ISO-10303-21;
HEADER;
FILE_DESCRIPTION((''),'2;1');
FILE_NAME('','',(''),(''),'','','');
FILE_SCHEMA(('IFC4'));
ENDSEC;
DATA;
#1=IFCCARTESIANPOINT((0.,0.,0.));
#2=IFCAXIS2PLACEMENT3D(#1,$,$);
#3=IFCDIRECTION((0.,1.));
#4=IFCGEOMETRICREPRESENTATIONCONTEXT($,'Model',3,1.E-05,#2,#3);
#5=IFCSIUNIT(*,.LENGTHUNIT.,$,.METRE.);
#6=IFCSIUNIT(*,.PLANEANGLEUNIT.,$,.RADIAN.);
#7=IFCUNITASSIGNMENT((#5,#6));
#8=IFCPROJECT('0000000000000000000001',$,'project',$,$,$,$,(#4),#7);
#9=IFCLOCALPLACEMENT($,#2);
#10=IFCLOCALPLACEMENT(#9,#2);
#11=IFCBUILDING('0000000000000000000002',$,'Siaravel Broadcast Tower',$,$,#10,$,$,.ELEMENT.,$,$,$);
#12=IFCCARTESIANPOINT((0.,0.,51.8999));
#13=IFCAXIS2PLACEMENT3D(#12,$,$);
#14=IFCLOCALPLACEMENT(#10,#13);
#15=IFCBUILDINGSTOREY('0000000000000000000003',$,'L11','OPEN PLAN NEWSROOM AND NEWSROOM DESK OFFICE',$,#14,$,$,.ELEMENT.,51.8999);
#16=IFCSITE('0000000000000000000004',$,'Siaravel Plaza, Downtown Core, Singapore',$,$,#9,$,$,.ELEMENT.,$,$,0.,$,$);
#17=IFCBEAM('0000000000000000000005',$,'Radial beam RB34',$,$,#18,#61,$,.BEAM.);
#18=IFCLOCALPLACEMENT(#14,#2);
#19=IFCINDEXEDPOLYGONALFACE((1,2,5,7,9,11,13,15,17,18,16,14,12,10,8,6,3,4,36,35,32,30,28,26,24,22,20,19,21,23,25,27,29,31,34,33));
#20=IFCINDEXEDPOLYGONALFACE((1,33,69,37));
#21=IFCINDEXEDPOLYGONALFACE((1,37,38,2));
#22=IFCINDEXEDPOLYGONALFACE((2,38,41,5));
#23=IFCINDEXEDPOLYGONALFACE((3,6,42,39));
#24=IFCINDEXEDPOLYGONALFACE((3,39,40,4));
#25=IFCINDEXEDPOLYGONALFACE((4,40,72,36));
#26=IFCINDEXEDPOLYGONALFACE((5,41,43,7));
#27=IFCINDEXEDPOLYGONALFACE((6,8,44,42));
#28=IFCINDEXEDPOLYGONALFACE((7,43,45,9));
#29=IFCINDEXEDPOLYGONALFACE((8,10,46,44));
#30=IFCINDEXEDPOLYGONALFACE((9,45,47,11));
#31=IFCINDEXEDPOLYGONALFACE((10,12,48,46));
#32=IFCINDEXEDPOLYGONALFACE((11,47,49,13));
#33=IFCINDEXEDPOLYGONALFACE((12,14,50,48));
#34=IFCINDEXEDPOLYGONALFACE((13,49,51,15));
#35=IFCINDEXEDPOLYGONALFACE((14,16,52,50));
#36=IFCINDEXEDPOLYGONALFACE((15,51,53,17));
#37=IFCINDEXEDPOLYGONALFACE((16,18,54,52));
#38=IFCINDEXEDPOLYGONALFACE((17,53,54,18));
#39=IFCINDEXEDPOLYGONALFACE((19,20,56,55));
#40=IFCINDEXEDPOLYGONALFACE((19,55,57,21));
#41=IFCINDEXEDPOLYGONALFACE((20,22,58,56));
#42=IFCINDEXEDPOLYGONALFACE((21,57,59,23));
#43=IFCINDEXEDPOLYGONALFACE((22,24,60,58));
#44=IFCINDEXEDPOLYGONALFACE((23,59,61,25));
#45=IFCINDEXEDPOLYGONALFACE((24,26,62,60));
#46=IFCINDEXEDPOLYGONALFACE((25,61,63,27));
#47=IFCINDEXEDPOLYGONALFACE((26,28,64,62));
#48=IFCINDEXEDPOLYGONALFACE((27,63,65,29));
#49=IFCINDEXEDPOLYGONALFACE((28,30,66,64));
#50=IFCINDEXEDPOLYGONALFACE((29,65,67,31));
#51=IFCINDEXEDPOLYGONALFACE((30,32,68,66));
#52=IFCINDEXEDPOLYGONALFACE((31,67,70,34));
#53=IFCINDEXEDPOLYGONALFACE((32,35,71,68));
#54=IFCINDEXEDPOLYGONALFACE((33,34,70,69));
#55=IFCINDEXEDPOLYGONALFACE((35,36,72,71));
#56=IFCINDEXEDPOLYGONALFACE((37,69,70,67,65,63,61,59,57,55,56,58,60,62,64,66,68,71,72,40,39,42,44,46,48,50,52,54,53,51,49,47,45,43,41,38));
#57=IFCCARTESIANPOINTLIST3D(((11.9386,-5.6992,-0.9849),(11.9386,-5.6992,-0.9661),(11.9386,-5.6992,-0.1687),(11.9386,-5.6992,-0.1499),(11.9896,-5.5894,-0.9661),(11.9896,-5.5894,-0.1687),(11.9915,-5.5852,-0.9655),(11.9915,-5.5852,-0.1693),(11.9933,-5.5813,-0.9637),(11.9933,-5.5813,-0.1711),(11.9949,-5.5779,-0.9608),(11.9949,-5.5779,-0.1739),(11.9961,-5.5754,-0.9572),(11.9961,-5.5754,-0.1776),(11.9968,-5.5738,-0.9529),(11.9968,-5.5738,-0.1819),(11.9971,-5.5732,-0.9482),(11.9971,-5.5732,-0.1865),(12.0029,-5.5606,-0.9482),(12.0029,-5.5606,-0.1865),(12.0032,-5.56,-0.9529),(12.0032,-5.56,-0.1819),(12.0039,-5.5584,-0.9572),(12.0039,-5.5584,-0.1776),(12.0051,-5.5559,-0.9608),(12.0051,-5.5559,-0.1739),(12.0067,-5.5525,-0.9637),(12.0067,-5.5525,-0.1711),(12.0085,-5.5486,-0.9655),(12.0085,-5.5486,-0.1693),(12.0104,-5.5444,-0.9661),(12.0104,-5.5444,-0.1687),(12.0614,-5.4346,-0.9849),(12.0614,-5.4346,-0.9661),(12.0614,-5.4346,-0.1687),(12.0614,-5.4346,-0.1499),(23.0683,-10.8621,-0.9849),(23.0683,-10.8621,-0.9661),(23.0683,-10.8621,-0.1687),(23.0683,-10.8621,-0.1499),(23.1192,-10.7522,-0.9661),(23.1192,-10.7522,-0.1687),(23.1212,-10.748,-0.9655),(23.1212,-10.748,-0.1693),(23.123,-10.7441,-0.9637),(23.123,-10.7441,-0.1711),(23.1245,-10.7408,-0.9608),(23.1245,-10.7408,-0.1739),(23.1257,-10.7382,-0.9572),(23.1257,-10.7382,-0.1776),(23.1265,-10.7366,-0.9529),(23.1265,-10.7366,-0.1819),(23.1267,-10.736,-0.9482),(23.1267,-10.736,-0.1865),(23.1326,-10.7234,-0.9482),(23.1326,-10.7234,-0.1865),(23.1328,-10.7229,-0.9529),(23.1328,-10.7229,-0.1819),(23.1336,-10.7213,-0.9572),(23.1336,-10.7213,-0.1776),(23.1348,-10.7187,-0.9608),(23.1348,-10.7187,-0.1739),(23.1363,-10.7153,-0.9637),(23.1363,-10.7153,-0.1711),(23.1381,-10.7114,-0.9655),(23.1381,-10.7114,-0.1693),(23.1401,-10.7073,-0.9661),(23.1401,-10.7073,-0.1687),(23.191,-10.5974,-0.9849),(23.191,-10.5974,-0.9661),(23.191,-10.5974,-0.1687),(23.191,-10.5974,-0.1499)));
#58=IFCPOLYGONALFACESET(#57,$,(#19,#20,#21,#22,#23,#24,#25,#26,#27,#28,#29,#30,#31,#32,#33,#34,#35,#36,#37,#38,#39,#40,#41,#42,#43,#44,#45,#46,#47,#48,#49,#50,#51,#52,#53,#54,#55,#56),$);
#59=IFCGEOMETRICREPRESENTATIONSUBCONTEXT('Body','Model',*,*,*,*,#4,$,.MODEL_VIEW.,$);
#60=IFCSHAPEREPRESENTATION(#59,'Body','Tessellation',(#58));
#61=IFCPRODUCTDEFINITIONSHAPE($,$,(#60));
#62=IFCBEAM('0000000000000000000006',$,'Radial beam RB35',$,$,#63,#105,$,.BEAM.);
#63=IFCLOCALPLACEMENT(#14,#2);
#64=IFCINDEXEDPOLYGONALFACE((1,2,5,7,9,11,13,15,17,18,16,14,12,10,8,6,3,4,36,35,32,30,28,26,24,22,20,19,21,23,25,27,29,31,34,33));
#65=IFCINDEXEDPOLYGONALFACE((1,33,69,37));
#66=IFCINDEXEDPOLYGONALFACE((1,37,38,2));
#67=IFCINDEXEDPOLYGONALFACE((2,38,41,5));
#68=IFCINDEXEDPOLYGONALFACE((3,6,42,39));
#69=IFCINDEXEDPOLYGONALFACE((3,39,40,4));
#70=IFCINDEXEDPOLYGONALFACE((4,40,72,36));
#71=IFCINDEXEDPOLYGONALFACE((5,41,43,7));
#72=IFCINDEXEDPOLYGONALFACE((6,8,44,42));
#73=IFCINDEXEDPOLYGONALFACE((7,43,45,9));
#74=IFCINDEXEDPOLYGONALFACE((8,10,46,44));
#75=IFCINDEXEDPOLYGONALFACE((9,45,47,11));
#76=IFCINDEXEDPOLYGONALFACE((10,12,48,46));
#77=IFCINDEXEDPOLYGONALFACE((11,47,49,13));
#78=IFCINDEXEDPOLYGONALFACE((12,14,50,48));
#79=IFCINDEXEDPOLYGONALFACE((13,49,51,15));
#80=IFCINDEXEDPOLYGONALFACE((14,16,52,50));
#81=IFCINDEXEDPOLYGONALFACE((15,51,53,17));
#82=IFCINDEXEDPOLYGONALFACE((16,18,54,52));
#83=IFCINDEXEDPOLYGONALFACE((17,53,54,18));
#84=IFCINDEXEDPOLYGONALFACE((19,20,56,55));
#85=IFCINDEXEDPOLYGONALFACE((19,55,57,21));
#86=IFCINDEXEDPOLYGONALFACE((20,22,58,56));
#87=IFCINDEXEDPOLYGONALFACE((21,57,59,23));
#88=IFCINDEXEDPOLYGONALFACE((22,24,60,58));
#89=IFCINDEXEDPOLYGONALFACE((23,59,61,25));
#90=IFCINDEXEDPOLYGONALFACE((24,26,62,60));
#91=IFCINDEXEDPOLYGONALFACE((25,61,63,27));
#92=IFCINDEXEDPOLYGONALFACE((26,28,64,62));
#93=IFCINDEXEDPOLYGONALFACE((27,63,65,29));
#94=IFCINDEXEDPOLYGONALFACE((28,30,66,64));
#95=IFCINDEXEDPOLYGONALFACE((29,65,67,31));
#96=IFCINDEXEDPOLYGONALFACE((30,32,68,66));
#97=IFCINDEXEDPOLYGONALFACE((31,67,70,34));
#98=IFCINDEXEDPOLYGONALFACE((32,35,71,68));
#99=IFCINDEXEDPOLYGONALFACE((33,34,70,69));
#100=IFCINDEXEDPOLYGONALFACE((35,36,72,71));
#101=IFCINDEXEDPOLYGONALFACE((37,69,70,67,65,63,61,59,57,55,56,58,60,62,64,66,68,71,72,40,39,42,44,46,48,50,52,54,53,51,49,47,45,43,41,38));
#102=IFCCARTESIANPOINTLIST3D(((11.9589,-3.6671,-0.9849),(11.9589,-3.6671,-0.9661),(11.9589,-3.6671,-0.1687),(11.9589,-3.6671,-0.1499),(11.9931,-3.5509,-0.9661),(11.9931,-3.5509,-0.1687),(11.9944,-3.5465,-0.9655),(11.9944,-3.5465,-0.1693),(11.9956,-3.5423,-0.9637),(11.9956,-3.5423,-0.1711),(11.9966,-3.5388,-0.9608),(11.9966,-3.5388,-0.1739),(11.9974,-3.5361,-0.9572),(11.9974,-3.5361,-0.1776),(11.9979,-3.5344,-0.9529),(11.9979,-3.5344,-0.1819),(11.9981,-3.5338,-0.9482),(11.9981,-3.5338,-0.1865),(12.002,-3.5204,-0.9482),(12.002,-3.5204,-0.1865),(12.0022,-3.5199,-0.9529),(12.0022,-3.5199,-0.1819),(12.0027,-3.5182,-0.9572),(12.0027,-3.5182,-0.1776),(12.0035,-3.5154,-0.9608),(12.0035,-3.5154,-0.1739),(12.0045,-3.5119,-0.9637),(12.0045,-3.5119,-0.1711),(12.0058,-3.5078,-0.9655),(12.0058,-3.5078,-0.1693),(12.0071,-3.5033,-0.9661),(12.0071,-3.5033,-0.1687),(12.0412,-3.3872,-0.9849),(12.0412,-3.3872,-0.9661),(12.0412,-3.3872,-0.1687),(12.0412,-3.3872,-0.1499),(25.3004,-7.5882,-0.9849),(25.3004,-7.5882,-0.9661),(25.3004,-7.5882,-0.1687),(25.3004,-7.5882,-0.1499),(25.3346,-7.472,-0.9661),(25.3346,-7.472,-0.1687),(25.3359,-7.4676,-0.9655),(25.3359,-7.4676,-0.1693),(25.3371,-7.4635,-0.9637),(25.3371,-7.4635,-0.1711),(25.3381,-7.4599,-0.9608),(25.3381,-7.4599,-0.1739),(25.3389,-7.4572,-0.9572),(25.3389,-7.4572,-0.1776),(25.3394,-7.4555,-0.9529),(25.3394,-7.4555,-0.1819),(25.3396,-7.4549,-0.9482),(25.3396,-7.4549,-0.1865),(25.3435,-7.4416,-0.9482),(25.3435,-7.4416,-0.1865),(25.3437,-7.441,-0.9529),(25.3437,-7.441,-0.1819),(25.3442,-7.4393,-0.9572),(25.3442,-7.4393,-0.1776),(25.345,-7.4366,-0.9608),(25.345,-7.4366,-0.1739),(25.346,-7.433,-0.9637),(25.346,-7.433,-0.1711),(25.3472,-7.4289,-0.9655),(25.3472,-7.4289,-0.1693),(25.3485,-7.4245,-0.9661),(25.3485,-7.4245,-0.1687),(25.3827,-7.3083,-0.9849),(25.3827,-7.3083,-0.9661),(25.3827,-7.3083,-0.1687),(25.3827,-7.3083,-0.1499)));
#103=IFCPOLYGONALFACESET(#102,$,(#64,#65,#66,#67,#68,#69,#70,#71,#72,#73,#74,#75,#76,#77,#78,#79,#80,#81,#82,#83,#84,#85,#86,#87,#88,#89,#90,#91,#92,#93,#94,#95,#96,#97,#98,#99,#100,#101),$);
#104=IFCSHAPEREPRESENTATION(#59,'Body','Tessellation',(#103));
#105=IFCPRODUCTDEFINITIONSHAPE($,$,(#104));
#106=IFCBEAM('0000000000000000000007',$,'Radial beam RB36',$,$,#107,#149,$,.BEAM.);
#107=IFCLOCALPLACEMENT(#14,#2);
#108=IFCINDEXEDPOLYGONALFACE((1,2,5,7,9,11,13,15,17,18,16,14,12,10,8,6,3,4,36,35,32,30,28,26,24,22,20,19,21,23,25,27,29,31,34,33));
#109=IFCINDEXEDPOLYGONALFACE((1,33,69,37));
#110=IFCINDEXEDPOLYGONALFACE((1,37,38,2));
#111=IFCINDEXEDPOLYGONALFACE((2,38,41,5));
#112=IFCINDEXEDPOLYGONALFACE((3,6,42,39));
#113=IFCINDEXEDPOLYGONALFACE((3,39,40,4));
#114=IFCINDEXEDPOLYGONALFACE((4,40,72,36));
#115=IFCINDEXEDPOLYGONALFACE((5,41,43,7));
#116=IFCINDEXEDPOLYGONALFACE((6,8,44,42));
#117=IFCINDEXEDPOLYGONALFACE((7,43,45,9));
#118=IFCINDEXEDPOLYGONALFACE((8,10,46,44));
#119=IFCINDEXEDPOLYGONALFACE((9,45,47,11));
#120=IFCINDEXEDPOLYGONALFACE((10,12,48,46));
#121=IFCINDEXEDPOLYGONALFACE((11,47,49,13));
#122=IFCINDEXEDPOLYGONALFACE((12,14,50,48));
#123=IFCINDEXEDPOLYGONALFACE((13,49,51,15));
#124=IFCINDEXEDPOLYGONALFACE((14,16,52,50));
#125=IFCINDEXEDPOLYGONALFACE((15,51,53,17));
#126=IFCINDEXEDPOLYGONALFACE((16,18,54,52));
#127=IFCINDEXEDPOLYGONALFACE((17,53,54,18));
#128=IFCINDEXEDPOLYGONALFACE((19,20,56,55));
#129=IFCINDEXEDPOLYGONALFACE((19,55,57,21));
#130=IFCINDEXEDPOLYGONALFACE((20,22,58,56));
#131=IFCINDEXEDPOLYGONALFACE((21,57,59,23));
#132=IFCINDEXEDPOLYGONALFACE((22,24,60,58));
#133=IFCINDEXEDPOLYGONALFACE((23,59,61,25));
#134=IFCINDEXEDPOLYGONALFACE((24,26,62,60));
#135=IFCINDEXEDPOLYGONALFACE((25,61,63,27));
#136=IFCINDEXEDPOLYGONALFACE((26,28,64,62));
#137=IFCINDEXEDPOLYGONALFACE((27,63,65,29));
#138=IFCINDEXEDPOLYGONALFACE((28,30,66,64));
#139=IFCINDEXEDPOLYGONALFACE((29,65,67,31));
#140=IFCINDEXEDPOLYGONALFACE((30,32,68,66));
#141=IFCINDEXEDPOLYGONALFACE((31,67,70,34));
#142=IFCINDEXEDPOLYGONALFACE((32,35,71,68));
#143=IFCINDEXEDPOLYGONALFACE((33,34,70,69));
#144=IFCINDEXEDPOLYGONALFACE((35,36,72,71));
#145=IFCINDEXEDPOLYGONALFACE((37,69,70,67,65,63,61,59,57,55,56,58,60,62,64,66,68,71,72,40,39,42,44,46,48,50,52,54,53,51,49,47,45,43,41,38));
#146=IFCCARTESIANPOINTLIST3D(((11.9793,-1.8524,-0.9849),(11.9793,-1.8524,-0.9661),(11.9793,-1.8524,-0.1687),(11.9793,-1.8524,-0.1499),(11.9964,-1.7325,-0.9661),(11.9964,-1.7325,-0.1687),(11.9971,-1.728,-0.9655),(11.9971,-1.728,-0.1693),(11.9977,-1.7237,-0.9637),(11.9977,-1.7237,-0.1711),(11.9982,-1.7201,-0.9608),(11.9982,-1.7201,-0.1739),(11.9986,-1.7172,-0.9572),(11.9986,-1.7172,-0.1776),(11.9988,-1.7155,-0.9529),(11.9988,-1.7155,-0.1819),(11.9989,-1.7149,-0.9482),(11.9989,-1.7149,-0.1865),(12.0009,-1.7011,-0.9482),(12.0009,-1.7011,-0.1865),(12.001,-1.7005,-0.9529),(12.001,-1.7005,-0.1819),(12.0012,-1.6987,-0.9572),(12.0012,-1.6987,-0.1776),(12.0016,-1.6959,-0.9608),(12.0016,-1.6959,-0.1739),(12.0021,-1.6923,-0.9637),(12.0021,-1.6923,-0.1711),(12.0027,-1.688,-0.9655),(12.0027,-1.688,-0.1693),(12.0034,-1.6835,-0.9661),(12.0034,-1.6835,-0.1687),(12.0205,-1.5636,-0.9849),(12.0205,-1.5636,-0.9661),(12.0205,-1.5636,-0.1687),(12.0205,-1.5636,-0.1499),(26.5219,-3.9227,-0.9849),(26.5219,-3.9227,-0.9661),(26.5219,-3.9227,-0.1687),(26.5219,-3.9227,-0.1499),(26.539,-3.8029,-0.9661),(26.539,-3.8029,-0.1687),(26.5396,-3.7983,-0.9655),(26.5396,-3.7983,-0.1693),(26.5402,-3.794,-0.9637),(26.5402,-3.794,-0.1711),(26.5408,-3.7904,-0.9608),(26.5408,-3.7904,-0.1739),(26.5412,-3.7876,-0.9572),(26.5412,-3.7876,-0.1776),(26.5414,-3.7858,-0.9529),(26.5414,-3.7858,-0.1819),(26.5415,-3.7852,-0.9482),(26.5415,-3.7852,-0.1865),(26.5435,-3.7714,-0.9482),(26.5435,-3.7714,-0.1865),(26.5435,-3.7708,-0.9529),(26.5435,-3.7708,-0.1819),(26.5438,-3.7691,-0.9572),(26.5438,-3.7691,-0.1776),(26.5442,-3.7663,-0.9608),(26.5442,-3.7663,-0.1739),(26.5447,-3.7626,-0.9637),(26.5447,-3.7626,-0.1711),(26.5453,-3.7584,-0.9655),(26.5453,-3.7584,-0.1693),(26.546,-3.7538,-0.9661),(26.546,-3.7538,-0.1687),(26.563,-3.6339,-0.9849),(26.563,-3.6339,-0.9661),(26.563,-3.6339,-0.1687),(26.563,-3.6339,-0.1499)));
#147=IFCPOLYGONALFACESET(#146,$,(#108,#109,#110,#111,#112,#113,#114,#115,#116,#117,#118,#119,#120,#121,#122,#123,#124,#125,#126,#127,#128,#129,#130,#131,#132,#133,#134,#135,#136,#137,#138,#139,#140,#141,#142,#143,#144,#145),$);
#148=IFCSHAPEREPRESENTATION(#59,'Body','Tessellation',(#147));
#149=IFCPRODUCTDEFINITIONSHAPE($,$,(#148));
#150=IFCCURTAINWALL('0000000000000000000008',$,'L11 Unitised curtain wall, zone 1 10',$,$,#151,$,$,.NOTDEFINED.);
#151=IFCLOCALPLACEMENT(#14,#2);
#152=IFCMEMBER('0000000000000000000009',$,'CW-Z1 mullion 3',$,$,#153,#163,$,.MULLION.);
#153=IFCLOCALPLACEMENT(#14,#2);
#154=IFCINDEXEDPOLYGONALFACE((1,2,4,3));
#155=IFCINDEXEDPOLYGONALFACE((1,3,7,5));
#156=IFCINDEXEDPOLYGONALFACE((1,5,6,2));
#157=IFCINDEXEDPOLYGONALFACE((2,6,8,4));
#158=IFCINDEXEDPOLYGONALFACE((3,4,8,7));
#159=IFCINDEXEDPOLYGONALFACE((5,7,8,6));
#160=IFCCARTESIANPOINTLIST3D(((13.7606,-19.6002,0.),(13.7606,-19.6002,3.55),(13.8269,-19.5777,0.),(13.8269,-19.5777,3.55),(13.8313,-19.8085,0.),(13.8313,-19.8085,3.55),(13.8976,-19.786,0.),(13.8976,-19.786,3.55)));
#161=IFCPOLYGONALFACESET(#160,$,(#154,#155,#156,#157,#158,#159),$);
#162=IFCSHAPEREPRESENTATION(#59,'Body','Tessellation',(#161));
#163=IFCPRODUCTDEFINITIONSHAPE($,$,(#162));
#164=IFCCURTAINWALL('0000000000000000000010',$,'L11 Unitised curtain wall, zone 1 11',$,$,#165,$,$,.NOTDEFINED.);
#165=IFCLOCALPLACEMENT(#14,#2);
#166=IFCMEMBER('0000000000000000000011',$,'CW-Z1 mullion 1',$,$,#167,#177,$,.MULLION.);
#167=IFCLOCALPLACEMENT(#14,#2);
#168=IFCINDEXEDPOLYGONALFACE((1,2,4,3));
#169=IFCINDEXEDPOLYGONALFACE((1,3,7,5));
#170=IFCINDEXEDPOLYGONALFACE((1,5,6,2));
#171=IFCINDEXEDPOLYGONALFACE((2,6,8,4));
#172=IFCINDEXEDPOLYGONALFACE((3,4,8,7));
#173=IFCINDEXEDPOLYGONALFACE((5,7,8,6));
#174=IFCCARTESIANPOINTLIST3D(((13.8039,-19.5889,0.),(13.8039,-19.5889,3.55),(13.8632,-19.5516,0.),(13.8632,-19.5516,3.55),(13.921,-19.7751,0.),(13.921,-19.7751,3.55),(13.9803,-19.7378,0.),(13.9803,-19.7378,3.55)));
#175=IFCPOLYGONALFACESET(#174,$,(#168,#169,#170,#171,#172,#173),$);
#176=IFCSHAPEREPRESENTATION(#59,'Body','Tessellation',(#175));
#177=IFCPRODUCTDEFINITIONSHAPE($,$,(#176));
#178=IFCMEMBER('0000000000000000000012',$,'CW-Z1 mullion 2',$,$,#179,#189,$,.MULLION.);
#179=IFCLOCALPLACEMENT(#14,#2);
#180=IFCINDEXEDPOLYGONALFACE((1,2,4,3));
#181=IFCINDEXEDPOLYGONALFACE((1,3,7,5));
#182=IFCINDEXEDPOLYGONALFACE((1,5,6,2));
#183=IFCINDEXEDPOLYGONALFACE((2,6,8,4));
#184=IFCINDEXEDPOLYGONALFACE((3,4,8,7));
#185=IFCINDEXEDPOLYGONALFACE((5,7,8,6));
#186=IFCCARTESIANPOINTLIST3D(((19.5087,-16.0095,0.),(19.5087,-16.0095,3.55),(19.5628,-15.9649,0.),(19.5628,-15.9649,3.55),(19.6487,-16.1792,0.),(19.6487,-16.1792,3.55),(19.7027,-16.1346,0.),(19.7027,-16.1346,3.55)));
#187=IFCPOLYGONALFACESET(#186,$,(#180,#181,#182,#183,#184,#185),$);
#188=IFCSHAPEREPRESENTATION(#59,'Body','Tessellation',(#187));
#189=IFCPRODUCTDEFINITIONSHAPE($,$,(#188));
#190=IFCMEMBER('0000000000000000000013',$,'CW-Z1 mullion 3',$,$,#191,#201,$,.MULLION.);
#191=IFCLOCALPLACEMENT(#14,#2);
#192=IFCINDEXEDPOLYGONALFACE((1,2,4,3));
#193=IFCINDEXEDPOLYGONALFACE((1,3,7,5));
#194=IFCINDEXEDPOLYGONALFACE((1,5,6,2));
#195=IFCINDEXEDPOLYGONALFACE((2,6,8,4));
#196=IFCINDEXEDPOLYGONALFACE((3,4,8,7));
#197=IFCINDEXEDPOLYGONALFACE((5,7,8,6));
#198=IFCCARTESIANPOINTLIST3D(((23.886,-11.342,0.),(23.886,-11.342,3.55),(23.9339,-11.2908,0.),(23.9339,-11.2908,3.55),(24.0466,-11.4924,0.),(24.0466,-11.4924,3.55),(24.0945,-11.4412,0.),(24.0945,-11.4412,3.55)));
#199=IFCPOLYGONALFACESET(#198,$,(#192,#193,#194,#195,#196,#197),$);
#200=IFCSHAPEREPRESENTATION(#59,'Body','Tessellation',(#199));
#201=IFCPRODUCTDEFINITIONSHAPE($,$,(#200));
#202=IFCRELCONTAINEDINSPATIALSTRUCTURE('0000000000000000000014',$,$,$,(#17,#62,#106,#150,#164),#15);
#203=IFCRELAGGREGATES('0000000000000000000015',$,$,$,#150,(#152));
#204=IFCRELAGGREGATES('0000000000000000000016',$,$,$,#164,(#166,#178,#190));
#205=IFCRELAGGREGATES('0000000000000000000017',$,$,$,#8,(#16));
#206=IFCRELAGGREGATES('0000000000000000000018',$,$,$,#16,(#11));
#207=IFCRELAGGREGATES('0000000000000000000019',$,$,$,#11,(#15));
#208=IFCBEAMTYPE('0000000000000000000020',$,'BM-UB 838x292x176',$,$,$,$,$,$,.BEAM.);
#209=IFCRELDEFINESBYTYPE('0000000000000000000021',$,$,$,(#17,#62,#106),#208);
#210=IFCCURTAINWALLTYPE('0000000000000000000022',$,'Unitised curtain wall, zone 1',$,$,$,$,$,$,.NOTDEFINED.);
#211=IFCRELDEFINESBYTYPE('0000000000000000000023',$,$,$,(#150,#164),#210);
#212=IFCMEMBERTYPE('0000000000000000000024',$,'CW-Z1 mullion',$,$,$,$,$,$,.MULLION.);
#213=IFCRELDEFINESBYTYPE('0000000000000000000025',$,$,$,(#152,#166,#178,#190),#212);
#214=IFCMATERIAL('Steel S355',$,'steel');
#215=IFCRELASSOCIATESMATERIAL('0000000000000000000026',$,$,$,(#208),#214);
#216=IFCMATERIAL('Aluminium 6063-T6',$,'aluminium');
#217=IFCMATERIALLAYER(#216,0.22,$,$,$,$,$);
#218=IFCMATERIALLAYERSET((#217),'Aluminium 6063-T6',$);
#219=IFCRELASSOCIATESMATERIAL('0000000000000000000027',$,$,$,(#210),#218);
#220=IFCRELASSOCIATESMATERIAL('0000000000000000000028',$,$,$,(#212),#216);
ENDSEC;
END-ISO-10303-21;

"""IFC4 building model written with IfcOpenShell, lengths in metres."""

from ifc_helpers import new_model, si_unit, direction, frame, origin, origin_2d, place, context, subcontext, project, spatial, rectangle, i_section, extrude, material, layer, layer_set, material_profile, profile_set, type_object, element, aggregate, save


model = new_model("IFC4")

# Units and contexts
model_context = context("Model", 3, precision=1e-05, world=origin(), true_north=direction((0.0, 1.0)))
body_context = subcontext(model_context, "Body", "Model", "MODEL_VIEW")
ifc_project = project(units=[si_unit("LENGTHUNIT", "METRE"), si_unit("PLANEANGLEUNIT", "RADIAN")], contexts=[model_context])

# Site, building, storey
site_placement = place(None, origin())
site = spatial("IfcSite", under=ifc_project, at=site_placement, Name="Siaravel Plaza, Downtown Core, Singapore", CompositionType="ELEMENT", RefElevation=0.0)
building_placement = place(site_placement, origin())
building = spatial("IfcBuilding", under=site, at=building_placement, Name="Siaravel Broadcast Tower", CompositionType="ELEMENT")
storey_placement = place(building_placement, frame((0.0, 0.0, 51.8999)))
storey = spatial("IfcBuildingStorey", under=building, at=storey_placement, Name="L11", Description="OPEN PLAN NEWSROOM AND NEWSROOM DESK OFFICE", CompositionType="ELEMENT", Elevation=51.8999)

# Beams
ifc_material_1 = material(Name="Steel S355", Category="steel")
ifc_material_profile_1 = material_profile(ifc_material_1, i_section(OverallWidth=0.2917, OverallDepth=0.835, WebThickness=0.0139, FlangeThickness=0.0188, FilletRadius=0.0178, at=origin_2d()))
ifc_profile_set_1 = profile_set([ifc_material_profile_1], Name="Steel S355")
beam_type = type_object("IfcBeamType", Name="BM-UB 838x292x176", PredefinedType="BEAM", material=ifc_profile_set_1)
beam_1_placement = place(storey_placement, frame((23.1296, -10.7297, -0.5674), z_axis=(-0.907149, 0.42081, 0.0), x_axis=(-0.42081, -0.907149, 0.0)))
element("IfcBeam", 1, at=beam_1_placement, inside=storey, type_object=beam_type, Name="Radial beam RB34", PredefinedType="BEAM", context=body_context, shape_type="SweptSolid", body=[
    extrude(i_section(OverallWidth=0.2917, OverallDepth=0.835, WebThickness=0.0139, FlangeThickness=0.0188, FilletRadius=0.0178, at=origin_2d()), origin(), (0.0, 0.0, 1.0), 12.2688),
])
beam_2_placement = place(storey_placement, frame((25.3416, -7.4482, -0.5674), z_axis=(-0.959421, 0.281978, 0.0), x_axis=(-0.281978, -0.959421, 0.0)))
element("IfcBeam", 2, at=beam_2_placement, inside=storey, type_object=beam_type, Name="Radial beam RB35", PredefinedType="BEAM", context=body_context, shape_type="SweptSolid", body=[
    extrude(i_section(OverallWidth=0.2917, OverallDepth=0.835, WebThickness=0.0139, FlangeThickness=0.0188, FilletRadius=0.0178, at=origin_2d()), origin(), (0.0, 0.0, 1.0), 13.9058),
])
beam_3_placement = place(storey_placement, frame((26.5425, -3.7783, -0.5674), z_axis=(-0.990018, 0.140942, 0.0), x_axis=(-0.140942, -0.990018, 0.0)))
element("IfcBeam", 3, at=beam_3_placement, inside=storey, type_object=beam_type, Name="Radial beam RB36", PredefinedType="BEAM", context=body_context, shape_type="SweptSolid", body=[
    extrude(i_section(OverallWidth=0.2917, OverallDepth=0.835, WebThickness=0.0139, FlangeThickness=0.0188, FilletRadius=0.0178, at=origin_2d()), origin(), (0.0, 0.0, 1.0), 14.6892),
])

# Curtain wall, member
ifc_material_2 = material(Name="Aluminium 6063-T6", Category="aluminium")
ifc_layer_1 = layer(ifc_material_2, 0.22)
ifc_layer_set_1 = layer_set([ifc_layer_1], Name="Aluminium 6063-T6")
curtain_wall_type = type_object("IfcCurtainWallType", Name="Unitised curtain wall, zone 1", PredefinedType="NOTDEFINED", material=ifc_layer_set_1)
curtain_wall_1_placement = place(storey_placement, origin())
curtain_wall_1 = element("IfcCurtainWall", 4, at=curtain_wall_1_placement, inside=storey, type_object=curtain_wall_type, Name="L11 Unitised curtain wall, zone 1 10", PredefinedType="NOTDEFINED")
ifc_material_profile_2 = material_profile(ifc_material_2, rectangle(XDim=0.22, YDim=0.0701, at=origin_2d()))
ifc_profile_set_2 = profile_set([ifc_material_profile_2], Name="Aluminium 6063-T6")
member_type_1 = type_object("IfcMemberType", Name="CW-Z1 mullion", PredefinedType="MULLION", material=ifc_profile_set_2)
member_1_placement = place(storey_placement, frame((13.8291, -19.6931, 0.0), z_axis=(0.0, 0.0, 1.0), x_axis=(-0.321301, 0.946977, 0.0)))
member_1 = element("IfcMember", 5, at=member_1_placement, type_object=member_type_1, Name="CW-Z1 mullion 3", PredefinedType="MULLION", context=body_context, shape_type="SweptSolid", body=[
    extrude(rectangle(XDim=0.22, YDim=0.0701, at=origin_2d()), origin(), (0.0, 0.0, 1.0), 3.55),
])
aggregate(curtain_wall_1, [member_1])

# Curtain wall, members
curtain_wall_2_placement = place(storey_placement, origin())
curtain_wall_2 = element("IfcCurtainWall", 6, at=curtain_wall_2_placement, inside=storey, type_object=curtain_wall_type, Name="L11 Unitised curtain wall, zone 1 11", PredefinedType="NOTDEFINED")
member_2_placement = place(storey_placement, frame((13.8921, -19.6633, 0.0), z_axis=(0.0, 0.0, 1.0), x_axis=(-0.532149, 0.846651, 0.0)))
member_2 = element("IfcMember", 7, at=member_2_placement, type_object=member_type_1, Name="CW-Z1 mullion 1", PredefinedType="MULLION", context=body_context, shape_type="SweptSolid", body=[
    extrude(rectangle(XDim=0.22, YDim=0.0701, at=origin_2d()), origin(), (0.0, 0.0, 1.0), 3.55),
])
member_3_placement = place(storey_placement, frame((19.6057, -16.072, 0.0), z_axis=(0.0, 0.0, 1.0), x_axis=(-0.636219, 0.771509, 0.0)))
member_3 = element("IfcMember", 8, at=member_3_placement, type_object=member_type_1, Name="CW-Z1 mullion 2", PredefinedType="MULLION", context=body_context, shape_type="SweptSolid", body=[
    extrude(rectangle(XDim=0.22, YDim=0.0701, at=origin_2d()), origin(), (0.0, 0.0, 1.0), 3.55),
])
member_4_placement = place(storey_placement, frame((23.9902, -11.3916, 0.0), z_axis=(0.0, 0.0, 1.0), x_axis=(-0.729805, 0.683655, 0.0)))
member_4 = element("IfcMember", 9, at=member_4_placement, type_object=member_type_1, Name="CW-Z1 mullion 3", PredefinedType="MULLION", context=body_context, shape_type="SweptSolid", body=[
    extrude(rectangle(XDim=0.22, YDim=0.0701, at=origin_2d()), origin(), (0.0, 0.0, 1.0), 3.55),
])

aggregate(curtain_wall_2, [member_2, member_3, member_4])

save(model, "model.ifc")
